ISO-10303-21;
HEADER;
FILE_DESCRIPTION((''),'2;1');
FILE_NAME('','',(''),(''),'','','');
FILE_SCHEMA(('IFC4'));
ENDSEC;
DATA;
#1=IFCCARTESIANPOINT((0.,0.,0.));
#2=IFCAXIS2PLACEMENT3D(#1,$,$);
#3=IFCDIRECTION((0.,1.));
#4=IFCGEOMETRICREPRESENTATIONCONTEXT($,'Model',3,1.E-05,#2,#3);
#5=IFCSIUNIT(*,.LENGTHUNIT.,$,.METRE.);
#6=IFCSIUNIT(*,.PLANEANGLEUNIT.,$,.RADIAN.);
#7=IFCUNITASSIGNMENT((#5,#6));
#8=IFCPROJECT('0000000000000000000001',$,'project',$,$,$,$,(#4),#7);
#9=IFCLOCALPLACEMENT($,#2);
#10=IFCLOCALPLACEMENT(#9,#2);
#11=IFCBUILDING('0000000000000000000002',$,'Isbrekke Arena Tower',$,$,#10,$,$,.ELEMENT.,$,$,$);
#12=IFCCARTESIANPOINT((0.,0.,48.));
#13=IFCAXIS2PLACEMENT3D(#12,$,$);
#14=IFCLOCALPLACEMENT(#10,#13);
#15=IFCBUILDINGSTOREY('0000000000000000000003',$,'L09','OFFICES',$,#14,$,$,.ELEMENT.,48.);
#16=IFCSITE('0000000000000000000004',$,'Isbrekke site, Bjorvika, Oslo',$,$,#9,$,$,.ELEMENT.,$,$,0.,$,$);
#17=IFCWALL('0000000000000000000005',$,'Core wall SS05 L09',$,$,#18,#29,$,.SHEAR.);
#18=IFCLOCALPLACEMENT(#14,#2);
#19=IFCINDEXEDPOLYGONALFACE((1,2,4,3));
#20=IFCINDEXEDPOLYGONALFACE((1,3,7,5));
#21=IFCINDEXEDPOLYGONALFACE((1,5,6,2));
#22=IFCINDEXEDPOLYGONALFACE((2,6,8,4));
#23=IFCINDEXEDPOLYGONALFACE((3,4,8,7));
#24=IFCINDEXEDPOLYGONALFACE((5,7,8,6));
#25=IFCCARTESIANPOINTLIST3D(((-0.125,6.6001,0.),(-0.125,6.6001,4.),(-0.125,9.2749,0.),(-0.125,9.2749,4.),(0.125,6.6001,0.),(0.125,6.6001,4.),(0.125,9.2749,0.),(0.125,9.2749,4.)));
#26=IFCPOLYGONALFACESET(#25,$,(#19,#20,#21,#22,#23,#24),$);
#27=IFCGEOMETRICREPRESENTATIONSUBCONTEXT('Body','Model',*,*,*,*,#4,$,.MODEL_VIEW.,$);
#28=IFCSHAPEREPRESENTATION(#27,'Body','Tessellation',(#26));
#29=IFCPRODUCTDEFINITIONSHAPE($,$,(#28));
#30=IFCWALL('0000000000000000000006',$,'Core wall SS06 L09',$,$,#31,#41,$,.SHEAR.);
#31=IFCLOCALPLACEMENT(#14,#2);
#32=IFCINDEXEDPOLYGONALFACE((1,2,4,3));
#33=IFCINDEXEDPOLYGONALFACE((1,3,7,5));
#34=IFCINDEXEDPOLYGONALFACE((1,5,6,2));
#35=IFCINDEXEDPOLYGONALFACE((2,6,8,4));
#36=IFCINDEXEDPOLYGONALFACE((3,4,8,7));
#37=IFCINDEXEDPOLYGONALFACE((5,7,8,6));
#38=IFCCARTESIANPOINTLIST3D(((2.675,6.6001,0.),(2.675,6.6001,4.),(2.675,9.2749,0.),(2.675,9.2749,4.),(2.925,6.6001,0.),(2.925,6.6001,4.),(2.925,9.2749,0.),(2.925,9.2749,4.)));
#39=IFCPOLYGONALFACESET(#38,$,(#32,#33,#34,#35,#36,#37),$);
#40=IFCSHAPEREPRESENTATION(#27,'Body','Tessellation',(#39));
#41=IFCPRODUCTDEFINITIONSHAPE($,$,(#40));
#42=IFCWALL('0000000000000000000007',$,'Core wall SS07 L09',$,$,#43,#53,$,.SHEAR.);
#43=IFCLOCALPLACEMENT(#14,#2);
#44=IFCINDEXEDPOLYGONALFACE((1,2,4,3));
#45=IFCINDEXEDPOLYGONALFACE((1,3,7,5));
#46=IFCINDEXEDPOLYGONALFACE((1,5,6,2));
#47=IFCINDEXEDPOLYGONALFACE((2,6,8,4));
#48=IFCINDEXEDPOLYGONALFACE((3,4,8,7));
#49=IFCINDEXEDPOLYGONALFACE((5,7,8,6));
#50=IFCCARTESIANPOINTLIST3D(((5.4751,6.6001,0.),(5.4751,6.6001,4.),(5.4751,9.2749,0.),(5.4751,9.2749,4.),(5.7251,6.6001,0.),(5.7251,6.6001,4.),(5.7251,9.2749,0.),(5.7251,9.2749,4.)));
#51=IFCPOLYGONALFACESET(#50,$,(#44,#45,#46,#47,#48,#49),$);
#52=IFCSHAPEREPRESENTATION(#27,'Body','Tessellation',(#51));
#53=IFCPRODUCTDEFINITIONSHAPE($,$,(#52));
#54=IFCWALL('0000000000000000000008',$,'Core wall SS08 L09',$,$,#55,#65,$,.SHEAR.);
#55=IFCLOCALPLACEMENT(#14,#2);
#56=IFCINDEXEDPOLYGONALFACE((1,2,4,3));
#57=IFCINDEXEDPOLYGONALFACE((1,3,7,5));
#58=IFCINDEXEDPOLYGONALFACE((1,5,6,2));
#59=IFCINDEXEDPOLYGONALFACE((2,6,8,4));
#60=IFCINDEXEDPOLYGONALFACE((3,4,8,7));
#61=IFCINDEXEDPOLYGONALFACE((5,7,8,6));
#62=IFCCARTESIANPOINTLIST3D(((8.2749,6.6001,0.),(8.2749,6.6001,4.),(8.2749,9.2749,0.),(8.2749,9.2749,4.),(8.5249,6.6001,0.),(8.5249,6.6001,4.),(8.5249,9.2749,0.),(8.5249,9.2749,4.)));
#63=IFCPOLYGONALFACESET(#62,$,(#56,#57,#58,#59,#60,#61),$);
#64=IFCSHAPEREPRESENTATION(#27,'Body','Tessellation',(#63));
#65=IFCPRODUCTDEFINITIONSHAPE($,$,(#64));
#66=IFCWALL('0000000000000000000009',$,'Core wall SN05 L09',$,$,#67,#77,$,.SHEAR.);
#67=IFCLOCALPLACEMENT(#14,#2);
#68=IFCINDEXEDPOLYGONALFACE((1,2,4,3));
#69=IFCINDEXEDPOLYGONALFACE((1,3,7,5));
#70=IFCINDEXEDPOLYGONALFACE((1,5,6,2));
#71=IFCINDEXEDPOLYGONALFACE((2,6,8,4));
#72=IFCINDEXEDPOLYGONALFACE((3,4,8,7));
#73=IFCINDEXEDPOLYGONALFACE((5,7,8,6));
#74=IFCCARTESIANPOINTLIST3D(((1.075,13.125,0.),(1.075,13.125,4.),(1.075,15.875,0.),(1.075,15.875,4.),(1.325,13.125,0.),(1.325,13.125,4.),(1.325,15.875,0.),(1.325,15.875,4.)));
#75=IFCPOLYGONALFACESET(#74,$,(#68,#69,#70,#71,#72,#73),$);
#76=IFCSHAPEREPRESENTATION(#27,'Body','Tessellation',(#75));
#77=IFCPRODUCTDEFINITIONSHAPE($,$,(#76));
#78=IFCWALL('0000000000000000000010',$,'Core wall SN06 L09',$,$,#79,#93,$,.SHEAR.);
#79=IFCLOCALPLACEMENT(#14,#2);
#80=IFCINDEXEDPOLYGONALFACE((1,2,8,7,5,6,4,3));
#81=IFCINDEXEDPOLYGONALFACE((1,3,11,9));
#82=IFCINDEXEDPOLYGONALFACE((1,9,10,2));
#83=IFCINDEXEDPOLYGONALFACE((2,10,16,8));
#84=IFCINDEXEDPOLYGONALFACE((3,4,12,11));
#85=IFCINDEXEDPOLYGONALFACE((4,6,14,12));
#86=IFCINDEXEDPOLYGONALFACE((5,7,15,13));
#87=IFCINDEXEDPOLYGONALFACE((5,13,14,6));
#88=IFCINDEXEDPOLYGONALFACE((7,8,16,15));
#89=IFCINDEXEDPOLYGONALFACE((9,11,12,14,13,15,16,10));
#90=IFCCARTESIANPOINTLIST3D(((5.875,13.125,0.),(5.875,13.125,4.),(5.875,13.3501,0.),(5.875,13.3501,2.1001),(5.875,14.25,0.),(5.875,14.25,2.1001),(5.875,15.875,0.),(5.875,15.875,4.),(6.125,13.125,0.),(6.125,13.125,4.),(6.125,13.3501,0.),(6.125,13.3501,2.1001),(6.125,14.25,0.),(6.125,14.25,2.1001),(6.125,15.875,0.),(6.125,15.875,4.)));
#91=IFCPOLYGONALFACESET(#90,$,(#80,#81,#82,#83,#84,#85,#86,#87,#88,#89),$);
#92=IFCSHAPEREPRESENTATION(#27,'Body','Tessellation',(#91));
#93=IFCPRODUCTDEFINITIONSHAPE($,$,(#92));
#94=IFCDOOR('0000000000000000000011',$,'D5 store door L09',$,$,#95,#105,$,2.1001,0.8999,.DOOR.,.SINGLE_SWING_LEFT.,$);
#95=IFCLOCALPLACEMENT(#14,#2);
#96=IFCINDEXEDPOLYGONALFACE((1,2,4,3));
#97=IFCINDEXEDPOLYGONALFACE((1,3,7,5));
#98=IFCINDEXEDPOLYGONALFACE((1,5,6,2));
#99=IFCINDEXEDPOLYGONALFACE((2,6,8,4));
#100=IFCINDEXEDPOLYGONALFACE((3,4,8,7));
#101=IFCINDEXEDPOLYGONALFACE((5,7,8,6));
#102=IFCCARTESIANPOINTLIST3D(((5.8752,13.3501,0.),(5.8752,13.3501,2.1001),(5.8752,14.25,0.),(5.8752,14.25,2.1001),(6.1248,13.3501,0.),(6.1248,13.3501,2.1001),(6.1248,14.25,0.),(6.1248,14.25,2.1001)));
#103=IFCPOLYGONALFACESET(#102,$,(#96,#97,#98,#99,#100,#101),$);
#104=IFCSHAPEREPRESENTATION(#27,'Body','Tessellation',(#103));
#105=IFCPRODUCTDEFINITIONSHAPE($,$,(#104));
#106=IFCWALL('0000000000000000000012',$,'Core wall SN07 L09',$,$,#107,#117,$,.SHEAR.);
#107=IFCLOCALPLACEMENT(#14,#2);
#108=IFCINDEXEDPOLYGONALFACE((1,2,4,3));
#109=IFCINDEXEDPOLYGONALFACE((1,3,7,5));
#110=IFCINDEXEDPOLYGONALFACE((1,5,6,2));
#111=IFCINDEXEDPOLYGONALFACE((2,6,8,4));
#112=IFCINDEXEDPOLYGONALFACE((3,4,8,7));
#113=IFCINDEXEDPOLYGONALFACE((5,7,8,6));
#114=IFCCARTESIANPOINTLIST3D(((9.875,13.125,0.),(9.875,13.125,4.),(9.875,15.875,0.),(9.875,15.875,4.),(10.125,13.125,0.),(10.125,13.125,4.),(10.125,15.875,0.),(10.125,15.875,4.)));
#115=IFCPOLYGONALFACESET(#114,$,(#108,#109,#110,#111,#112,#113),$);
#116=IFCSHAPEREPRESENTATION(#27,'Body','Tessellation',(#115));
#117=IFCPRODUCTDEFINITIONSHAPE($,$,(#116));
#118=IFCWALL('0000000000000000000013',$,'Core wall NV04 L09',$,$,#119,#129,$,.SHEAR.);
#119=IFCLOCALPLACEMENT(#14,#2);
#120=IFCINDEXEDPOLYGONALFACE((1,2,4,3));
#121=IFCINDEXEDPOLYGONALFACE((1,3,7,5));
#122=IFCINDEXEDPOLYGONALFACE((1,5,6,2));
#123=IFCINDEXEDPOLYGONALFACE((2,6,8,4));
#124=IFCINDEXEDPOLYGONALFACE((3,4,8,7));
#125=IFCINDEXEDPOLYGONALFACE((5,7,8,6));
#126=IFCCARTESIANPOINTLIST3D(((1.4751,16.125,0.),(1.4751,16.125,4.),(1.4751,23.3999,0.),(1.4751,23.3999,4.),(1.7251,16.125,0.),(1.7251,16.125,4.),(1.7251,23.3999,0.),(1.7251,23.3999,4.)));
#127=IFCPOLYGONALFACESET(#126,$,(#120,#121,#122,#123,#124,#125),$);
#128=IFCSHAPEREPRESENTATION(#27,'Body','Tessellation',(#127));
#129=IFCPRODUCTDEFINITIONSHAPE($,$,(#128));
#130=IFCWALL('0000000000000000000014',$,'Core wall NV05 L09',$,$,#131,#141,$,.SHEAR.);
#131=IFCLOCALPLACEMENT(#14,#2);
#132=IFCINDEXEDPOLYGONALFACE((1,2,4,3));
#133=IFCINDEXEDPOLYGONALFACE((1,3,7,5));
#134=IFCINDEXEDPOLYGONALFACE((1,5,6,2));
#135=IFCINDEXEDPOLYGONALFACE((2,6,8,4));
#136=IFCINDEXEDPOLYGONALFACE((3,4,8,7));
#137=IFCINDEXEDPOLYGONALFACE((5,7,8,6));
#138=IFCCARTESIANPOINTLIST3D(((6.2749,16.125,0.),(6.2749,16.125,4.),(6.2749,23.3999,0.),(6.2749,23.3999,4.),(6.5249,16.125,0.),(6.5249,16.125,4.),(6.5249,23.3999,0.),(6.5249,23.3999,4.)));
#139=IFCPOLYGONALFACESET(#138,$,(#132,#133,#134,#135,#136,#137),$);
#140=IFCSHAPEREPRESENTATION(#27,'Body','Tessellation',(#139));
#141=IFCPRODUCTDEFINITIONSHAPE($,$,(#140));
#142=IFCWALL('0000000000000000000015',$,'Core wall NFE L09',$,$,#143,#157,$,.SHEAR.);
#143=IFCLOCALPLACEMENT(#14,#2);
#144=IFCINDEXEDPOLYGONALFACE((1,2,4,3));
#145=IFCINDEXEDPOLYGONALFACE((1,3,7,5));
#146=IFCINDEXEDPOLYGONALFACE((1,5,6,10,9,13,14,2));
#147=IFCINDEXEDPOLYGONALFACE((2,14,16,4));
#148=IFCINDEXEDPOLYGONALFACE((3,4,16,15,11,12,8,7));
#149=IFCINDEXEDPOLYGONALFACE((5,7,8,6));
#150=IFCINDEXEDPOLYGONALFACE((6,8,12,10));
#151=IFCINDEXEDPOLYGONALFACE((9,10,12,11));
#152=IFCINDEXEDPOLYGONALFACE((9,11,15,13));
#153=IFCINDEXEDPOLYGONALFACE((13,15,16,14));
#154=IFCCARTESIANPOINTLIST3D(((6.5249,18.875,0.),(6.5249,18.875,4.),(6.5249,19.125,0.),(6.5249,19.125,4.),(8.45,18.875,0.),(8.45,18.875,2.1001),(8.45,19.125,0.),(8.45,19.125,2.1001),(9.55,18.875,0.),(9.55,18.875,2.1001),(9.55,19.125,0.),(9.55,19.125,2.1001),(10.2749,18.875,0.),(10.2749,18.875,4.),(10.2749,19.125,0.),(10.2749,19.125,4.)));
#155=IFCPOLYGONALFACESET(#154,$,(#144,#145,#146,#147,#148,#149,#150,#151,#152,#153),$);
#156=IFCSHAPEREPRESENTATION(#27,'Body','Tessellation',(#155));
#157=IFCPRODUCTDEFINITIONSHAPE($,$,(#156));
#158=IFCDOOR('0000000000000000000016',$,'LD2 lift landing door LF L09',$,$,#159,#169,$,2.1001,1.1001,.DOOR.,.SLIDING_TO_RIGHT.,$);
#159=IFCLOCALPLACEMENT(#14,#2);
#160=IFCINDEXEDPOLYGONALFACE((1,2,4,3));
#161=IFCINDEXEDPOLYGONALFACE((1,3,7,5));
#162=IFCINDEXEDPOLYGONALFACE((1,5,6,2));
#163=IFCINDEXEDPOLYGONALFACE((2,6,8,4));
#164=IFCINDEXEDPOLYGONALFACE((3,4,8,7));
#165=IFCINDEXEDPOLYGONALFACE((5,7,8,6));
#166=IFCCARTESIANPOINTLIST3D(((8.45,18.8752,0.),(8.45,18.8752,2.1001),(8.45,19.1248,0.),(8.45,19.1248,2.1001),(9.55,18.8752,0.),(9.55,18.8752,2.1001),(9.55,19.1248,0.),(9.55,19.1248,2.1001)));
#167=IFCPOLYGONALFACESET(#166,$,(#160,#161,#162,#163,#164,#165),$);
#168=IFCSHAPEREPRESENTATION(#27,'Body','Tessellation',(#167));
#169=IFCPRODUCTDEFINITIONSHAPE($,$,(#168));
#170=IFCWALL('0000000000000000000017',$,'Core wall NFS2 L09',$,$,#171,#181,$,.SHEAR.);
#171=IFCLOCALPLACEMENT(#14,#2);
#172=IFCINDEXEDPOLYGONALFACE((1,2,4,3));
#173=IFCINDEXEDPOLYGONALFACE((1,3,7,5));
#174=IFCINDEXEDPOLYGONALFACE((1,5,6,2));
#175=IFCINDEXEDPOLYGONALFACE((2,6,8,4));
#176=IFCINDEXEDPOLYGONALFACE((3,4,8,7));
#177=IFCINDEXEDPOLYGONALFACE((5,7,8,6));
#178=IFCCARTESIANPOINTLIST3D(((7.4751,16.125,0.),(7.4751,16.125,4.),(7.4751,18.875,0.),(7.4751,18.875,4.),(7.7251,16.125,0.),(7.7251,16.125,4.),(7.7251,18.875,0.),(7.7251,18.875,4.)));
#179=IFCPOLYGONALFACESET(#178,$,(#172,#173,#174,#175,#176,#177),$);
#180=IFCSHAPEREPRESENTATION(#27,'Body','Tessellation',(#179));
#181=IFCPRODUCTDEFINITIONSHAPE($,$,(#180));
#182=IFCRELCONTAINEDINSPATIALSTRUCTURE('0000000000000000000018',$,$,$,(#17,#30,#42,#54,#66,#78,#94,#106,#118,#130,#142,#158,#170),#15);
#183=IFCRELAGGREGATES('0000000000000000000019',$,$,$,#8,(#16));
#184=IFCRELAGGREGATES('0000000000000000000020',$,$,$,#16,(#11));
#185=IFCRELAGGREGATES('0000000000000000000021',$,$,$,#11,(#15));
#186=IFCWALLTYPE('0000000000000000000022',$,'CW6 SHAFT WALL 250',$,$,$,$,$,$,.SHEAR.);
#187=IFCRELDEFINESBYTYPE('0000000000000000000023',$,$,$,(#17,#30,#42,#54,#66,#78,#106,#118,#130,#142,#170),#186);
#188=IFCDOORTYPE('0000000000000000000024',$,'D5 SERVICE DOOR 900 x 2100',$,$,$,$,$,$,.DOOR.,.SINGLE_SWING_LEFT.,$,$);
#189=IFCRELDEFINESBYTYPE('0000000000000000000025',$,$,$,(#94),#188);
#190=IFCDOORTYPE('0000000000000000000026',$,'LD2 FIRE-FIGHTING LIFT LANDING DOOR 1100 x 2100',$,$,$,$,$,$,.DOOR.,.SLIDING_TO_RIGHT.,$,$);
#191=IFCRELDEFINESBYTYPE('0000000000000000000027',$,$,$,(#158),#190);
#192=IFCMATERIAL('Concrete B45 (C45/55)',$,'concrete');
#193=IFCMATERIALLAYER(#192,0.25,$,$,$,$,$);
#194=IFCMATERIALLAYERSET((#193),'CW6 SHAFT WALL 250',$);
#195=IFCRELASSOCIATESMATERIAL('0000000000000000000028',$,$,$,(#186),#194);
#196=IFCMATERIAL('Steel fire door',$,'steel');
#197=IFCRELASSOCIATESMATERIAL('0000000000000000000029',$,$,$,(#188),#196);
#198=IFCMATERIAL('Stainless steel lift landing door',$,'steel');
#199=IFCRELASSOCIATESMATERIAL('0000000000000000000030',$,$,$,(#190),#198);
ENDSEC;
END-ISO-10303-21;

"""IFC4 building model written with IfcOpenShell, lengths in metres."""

from ifc_helpers import new_model, si_unit, direction, frame, frame_2d, origin, place, context, subcontext, project, spatial, rectangle, extrude, material, layer, layer_set, type_object, element, fill, save


model = new_model("IFC4")

# Units and contexts
model_context = context("Model", 3, precision=1e-05, world=origin(), true_north=direction((0.0, 1.0)))
body_context = subcontext(model_context, "Body", "Model", "MODEL_VIEW")
ifc_project = project(units=[si_unit("LENGTHUNIT", "METRE"), si_unit("PLANEANGLEUNIT", "RADIAN")], contexts=[model_context])

# Site, building, storey
site_placement = place(None, origin())
site = spatial("IfcSite", under=ifc_project, at=site_placement, Name="Isbrekke site, Bjorvika, Oslo", CompositionType="ELEMENT", RefElevation=0.0)
building_placement = place(site_placement, origin())
building = spatial("IfcBuilding", under=site, at=building_placement, Name="Isbrekke Arena Tower", CompositionType="ELEMENT")
storey_placement = place(building_placement, frame((0.0, 0.0, 48.0)))
storey = spatial("IfcBuildingStorey", under=building, at=storey_placement, Name="L09", Description="OFFICES", CompositionType="ELEMENT", Elevation=48.0)

# Walls
ifc_material_1 = material(Name="Concrete B45 (C45/55)", Category="concrete")
ifc_layer_1 = layer(ifc_material_1, 0.25)
ifc_layer_set_1 = layer_set([ifc_layer_1], Name="CW6 SHAFT WALL 250")
wall_type_1 = type_object("IfcWallType", Name="CW6 SHAFT WALL 250", PredefinedType="SHEAR", material=ifc_layer_set_1)
for number, where, z_axis, x_axis, name in (
    (1, (0.0, 6.6001, 0.0), (0.0, 0.0, 1.0), (0.0, 1.0, 0.0), "Core wall SS05 L09"),
    (2, (2.8, 6.6001, 0.0), (0.0, 0.0, 1.0), (0.0, 1.0, 0.0), "Core wall SS06 L09"),
    (3, (5.6001, 6.6001, 0.0), (0.0, 0.0, 1.0), (0.0, 1.0, 0.0), "Core wall SS07 L09"),
    (4, (8.3999, 6.6001, 0.0), (0.0, 0.0, 1.0), (0.0, 1.0, 0.0), "Core wall SS08 L09"),
):
    element("IfcWall", number, at=place(storey_placement, frame(where, z_axis=z_axis, x_axis=x_axis)), inside=storey, type_object=wall_type_1, Name=name, PredefinedType="SHEAR", context=body_context, shape_type="SweptSolid", body=[
        extrude(rectangle(XDim=2.6748, YDim=0.25, at=frame_2d((1.3374, 0.0))), origin(), (0.0, 0.0, 1.0), 4.0),
    ])
wall_1_placement = place(storey_placement, frame((1.2, 13.125, 0.0), z_axis=(0.0, 0.0, 1.0), x_axis=(0.0, 1.0, 0.0)))
element("IfcWall", 5, at=wall_1_placement, inside=storey, type_object=wall_type_1, Name="Core wall SN05 L09", PredefinedType="SHEAR", context=body_context, shape_type="SweptSolid", body=[
    extrude(rectangle(XDim=2.75, YDim=0.25, at=frame_2d((1.375, 0.0))), origin(), (0.0, 0.0, 1.0), 4.0),
])

# Wall, opening, door
wall_2_placement = place(storey_placement, frame((6.0, 13.125, 0.0), z_axis=(0.0, 0.0, 1.0), x_axis=(0.0, 1.0, 0.0)))
wall_2 = element("IfcWall", 6, at=wall_2_placement, inside=storey, type_object=wall_type_1, Name="Core wall SN06 L09", PredefinedType="SHEAR", context=body_context, shape_type="SweptSolid", body=[
    extrude(rectangle(XDim=2.75, YDim=0.25, at=frame_2d((1.375, 0.0))), origin(), (0.0, 0.0, 1.0), 4.0),
])
opening_1_placement = place(wall_2_placement, frame((0.2251, 0.0, 0.0)))
opening_1 = element("IfcOpeningElement", 7, at=opening_1_placement, cuts=wall_2, PredefinedType="OPENING", context=body_context, shape_type="SweptSolid", body=[
    extrude(rectangle(XDim=0.8999, YDim=2.1001, at=frame_2d((0.45, 1.05))), frame((0.0, 0.1399, 0.0), z_axis=(0.0, -1.0, 0.0), x_axis=(1.0, 0.0, 0.0)), (0.0, 0.0, 1.0), 0.2798),
])
ifc_material_2 = material(Name="Steel fire door", Category="steel")
door_type_1 = type_object("IfcDoorType", Name="D5 SERVICE DOOR 900 x 2100", OperationType="SINGLE_SWING_LEFT", PredefinedType="DOOR", material=ifc_material_2)
door_1_placement = place(opening_1_placement, frame((0.8999, 0.0, 0.0), z_axis=(0.0, 0.0, 1.0), x_axis=(-1.0, 0.0, 0.0)))
door_1 = element("IfcDoor", 8, at=door_1_placement, inside=storey, type_object=door_type_1, Name="D5 store door L09", OperationType="SINGLE_SWING_LEFT", OverallHeight=2.1001, OverallWidth=0.8999, PredefinedType="DOOR", context=body_context, shape_type="SweptSolid", body=[
    extrude(rectangle(XDim=0.8999, YDim=2.1001, at=frame_2d((0.45, 1.05))), frame((0.0, 0.1248, 0.0), z_axis=(0.0, -1.0, 0.0), x_axis=(1.0, 0.0, 0.0)), (0.0, 0.0, 1.0), 0.2495),
])
fill(opening_1, door_1)

# Walls
wall_3_placement = place(storey_placement, frame((10.0, 13.125, 0.0), z_axis=(0.0, 0.0, 1.0), x_axis=(0.0, 1.0, 0.0)))
element("IfcWall", 9, at=wall_3_placement, inside=storey, type_object=wall_type_1, Name="Core wall SN07 L09", PredefinedType="SHEAR", context=body_context, shape_type="SweptSolid", body=[
    extrude(rectangle(XDim=2.75, YDim=0.25, at=frame_2d((1.375, 0.0))), origin(), (0.0, 0.0, 1.0), 4.0),
])
for number, where, z_axis, x_axis, name in (
    (10, (1.6001, 16.125, 0.0), (0.0, 0.0, 1.0), (0.0, 1.0, 0.0), "Core wall NV04 L09"),
    (11, (6.3999, 16.125, 0.0), (0.0, 0.0, 1.0), (0.0, 1.0, 0.0), "Core wall NV05 L09"),
):
    element("IfcWall", number, at=place(storey_placement, frame(where, z_axis=z_axis, x_axis=x_axis)), inside=storey, type_object=wall_type_1, Name=name, PredefinedType="SHEAR", context=body_context, shape_type="SweptSolid", body=[
        extrude(rectangle(XDim=7.2749, YDim=0.25, at=frame_2d((3.6375, 0.0))), origin(), (0.0, 0.0, 1.0), 4.0),
    ])

# Wall, opening, door
wall_4_placement = place(storey_placement, frame((6.5249, 19.0, 0.0), z_axis=(0.0, 0.0, 1.0), x_axis=(1.0, 0.0, 0.0)))
wall_4 = element("IfcWall", 12, at=wall_4_placement, inside=storey, type_object=wall_type_1, Name="Core wall NFE L09", PredefinedType="SHEAR", context=body_context, shape_type="SweptSolid", body=[
    extrude(rectangle(XDim=3.75, YDim=0.25, at=frame_2d((1.875, 0.0))), origin(), (0.0, 0.0, 1.0), 4.0),
])
opening_2_placement = place(wall_4_placement, frame((1.925, 0.0, 0.0)))
opening_2 = element("IfcOpeningElement", 13, at=opening_2_placement, cuts=wall_4, PredefinedType="OPENING", context=body_context, shape_type="SweptSolid", body=[
    extrude(rectangle(XDim=1.1001, YDim=2.1001, at=frame_2d((0.55, 1.05))), frame((0.0, 0.1399, 0.0), z_axis=(0.0, -1.0, 0.0), x_axis=(1.0, 0.0, 0.0)), (0.0, 0.0, 1.0), 0.2798),
])
ifc_material_3 = material(Name="Stainless steel lift landing door", Category="steel")
door_type_2 = type_object("IfcDoorType", Name="LD2 FIRE-FIGHTING LIFT LANDING DOOR 1100 x 2100", OperationType="SLIDING_TO_RIGHT", PredefinedType="DOOR", material=ifc_material_3)
door_2_placement = place(opening_2_placement, origin())
door_2 = element("IfcDoor", 14, at=door_2_placement, inside=storey, type_object=door_type_2, Name="LD2 lift landing door LF L09", OperationType="SLIDING_TO_RIGHT", OverallHeight=2.1001, OverallWidth=1.1001, PredefinedType="DOOR", context=body_context, shape_type="SweptSolid", body=[
    extrude(rectangle(XDim=1.1001, YDim=2.1001, at=frame_2d((0.55, 1.05))), frame((0.0, 0.1248, 0.0), z_axis=(0.0, -1.0, 0.0), x_axis=(1.0, 0.0, 0.0)), (0.0, 0.0, 1.0), 0.2495),
])
fill(opening_2, door_2)

# Wall
wall_5_placement = place(storey_placement, frame((7.6001, 16.125, 0.0), z_axis=(0.0, 0.0, 1.0), x_axis=(0.0, 1.0, 0.0)))
element("IfcWall", 15, at=wall_5_placement, inside=storey, type_object=wall_type_1, Name="Core wall NFS2 L09", PredefinedType="SHEAR", context=body_context, shape_type="SweptSolid", body=[
    extrude(rectangle(XDim=2.75, YDim=0.25, at=frame_2d((1.375, 0.0))), origin(), (0.0, 0.0, 1.0), 4.0),
])

save(model, "model.ifc")
